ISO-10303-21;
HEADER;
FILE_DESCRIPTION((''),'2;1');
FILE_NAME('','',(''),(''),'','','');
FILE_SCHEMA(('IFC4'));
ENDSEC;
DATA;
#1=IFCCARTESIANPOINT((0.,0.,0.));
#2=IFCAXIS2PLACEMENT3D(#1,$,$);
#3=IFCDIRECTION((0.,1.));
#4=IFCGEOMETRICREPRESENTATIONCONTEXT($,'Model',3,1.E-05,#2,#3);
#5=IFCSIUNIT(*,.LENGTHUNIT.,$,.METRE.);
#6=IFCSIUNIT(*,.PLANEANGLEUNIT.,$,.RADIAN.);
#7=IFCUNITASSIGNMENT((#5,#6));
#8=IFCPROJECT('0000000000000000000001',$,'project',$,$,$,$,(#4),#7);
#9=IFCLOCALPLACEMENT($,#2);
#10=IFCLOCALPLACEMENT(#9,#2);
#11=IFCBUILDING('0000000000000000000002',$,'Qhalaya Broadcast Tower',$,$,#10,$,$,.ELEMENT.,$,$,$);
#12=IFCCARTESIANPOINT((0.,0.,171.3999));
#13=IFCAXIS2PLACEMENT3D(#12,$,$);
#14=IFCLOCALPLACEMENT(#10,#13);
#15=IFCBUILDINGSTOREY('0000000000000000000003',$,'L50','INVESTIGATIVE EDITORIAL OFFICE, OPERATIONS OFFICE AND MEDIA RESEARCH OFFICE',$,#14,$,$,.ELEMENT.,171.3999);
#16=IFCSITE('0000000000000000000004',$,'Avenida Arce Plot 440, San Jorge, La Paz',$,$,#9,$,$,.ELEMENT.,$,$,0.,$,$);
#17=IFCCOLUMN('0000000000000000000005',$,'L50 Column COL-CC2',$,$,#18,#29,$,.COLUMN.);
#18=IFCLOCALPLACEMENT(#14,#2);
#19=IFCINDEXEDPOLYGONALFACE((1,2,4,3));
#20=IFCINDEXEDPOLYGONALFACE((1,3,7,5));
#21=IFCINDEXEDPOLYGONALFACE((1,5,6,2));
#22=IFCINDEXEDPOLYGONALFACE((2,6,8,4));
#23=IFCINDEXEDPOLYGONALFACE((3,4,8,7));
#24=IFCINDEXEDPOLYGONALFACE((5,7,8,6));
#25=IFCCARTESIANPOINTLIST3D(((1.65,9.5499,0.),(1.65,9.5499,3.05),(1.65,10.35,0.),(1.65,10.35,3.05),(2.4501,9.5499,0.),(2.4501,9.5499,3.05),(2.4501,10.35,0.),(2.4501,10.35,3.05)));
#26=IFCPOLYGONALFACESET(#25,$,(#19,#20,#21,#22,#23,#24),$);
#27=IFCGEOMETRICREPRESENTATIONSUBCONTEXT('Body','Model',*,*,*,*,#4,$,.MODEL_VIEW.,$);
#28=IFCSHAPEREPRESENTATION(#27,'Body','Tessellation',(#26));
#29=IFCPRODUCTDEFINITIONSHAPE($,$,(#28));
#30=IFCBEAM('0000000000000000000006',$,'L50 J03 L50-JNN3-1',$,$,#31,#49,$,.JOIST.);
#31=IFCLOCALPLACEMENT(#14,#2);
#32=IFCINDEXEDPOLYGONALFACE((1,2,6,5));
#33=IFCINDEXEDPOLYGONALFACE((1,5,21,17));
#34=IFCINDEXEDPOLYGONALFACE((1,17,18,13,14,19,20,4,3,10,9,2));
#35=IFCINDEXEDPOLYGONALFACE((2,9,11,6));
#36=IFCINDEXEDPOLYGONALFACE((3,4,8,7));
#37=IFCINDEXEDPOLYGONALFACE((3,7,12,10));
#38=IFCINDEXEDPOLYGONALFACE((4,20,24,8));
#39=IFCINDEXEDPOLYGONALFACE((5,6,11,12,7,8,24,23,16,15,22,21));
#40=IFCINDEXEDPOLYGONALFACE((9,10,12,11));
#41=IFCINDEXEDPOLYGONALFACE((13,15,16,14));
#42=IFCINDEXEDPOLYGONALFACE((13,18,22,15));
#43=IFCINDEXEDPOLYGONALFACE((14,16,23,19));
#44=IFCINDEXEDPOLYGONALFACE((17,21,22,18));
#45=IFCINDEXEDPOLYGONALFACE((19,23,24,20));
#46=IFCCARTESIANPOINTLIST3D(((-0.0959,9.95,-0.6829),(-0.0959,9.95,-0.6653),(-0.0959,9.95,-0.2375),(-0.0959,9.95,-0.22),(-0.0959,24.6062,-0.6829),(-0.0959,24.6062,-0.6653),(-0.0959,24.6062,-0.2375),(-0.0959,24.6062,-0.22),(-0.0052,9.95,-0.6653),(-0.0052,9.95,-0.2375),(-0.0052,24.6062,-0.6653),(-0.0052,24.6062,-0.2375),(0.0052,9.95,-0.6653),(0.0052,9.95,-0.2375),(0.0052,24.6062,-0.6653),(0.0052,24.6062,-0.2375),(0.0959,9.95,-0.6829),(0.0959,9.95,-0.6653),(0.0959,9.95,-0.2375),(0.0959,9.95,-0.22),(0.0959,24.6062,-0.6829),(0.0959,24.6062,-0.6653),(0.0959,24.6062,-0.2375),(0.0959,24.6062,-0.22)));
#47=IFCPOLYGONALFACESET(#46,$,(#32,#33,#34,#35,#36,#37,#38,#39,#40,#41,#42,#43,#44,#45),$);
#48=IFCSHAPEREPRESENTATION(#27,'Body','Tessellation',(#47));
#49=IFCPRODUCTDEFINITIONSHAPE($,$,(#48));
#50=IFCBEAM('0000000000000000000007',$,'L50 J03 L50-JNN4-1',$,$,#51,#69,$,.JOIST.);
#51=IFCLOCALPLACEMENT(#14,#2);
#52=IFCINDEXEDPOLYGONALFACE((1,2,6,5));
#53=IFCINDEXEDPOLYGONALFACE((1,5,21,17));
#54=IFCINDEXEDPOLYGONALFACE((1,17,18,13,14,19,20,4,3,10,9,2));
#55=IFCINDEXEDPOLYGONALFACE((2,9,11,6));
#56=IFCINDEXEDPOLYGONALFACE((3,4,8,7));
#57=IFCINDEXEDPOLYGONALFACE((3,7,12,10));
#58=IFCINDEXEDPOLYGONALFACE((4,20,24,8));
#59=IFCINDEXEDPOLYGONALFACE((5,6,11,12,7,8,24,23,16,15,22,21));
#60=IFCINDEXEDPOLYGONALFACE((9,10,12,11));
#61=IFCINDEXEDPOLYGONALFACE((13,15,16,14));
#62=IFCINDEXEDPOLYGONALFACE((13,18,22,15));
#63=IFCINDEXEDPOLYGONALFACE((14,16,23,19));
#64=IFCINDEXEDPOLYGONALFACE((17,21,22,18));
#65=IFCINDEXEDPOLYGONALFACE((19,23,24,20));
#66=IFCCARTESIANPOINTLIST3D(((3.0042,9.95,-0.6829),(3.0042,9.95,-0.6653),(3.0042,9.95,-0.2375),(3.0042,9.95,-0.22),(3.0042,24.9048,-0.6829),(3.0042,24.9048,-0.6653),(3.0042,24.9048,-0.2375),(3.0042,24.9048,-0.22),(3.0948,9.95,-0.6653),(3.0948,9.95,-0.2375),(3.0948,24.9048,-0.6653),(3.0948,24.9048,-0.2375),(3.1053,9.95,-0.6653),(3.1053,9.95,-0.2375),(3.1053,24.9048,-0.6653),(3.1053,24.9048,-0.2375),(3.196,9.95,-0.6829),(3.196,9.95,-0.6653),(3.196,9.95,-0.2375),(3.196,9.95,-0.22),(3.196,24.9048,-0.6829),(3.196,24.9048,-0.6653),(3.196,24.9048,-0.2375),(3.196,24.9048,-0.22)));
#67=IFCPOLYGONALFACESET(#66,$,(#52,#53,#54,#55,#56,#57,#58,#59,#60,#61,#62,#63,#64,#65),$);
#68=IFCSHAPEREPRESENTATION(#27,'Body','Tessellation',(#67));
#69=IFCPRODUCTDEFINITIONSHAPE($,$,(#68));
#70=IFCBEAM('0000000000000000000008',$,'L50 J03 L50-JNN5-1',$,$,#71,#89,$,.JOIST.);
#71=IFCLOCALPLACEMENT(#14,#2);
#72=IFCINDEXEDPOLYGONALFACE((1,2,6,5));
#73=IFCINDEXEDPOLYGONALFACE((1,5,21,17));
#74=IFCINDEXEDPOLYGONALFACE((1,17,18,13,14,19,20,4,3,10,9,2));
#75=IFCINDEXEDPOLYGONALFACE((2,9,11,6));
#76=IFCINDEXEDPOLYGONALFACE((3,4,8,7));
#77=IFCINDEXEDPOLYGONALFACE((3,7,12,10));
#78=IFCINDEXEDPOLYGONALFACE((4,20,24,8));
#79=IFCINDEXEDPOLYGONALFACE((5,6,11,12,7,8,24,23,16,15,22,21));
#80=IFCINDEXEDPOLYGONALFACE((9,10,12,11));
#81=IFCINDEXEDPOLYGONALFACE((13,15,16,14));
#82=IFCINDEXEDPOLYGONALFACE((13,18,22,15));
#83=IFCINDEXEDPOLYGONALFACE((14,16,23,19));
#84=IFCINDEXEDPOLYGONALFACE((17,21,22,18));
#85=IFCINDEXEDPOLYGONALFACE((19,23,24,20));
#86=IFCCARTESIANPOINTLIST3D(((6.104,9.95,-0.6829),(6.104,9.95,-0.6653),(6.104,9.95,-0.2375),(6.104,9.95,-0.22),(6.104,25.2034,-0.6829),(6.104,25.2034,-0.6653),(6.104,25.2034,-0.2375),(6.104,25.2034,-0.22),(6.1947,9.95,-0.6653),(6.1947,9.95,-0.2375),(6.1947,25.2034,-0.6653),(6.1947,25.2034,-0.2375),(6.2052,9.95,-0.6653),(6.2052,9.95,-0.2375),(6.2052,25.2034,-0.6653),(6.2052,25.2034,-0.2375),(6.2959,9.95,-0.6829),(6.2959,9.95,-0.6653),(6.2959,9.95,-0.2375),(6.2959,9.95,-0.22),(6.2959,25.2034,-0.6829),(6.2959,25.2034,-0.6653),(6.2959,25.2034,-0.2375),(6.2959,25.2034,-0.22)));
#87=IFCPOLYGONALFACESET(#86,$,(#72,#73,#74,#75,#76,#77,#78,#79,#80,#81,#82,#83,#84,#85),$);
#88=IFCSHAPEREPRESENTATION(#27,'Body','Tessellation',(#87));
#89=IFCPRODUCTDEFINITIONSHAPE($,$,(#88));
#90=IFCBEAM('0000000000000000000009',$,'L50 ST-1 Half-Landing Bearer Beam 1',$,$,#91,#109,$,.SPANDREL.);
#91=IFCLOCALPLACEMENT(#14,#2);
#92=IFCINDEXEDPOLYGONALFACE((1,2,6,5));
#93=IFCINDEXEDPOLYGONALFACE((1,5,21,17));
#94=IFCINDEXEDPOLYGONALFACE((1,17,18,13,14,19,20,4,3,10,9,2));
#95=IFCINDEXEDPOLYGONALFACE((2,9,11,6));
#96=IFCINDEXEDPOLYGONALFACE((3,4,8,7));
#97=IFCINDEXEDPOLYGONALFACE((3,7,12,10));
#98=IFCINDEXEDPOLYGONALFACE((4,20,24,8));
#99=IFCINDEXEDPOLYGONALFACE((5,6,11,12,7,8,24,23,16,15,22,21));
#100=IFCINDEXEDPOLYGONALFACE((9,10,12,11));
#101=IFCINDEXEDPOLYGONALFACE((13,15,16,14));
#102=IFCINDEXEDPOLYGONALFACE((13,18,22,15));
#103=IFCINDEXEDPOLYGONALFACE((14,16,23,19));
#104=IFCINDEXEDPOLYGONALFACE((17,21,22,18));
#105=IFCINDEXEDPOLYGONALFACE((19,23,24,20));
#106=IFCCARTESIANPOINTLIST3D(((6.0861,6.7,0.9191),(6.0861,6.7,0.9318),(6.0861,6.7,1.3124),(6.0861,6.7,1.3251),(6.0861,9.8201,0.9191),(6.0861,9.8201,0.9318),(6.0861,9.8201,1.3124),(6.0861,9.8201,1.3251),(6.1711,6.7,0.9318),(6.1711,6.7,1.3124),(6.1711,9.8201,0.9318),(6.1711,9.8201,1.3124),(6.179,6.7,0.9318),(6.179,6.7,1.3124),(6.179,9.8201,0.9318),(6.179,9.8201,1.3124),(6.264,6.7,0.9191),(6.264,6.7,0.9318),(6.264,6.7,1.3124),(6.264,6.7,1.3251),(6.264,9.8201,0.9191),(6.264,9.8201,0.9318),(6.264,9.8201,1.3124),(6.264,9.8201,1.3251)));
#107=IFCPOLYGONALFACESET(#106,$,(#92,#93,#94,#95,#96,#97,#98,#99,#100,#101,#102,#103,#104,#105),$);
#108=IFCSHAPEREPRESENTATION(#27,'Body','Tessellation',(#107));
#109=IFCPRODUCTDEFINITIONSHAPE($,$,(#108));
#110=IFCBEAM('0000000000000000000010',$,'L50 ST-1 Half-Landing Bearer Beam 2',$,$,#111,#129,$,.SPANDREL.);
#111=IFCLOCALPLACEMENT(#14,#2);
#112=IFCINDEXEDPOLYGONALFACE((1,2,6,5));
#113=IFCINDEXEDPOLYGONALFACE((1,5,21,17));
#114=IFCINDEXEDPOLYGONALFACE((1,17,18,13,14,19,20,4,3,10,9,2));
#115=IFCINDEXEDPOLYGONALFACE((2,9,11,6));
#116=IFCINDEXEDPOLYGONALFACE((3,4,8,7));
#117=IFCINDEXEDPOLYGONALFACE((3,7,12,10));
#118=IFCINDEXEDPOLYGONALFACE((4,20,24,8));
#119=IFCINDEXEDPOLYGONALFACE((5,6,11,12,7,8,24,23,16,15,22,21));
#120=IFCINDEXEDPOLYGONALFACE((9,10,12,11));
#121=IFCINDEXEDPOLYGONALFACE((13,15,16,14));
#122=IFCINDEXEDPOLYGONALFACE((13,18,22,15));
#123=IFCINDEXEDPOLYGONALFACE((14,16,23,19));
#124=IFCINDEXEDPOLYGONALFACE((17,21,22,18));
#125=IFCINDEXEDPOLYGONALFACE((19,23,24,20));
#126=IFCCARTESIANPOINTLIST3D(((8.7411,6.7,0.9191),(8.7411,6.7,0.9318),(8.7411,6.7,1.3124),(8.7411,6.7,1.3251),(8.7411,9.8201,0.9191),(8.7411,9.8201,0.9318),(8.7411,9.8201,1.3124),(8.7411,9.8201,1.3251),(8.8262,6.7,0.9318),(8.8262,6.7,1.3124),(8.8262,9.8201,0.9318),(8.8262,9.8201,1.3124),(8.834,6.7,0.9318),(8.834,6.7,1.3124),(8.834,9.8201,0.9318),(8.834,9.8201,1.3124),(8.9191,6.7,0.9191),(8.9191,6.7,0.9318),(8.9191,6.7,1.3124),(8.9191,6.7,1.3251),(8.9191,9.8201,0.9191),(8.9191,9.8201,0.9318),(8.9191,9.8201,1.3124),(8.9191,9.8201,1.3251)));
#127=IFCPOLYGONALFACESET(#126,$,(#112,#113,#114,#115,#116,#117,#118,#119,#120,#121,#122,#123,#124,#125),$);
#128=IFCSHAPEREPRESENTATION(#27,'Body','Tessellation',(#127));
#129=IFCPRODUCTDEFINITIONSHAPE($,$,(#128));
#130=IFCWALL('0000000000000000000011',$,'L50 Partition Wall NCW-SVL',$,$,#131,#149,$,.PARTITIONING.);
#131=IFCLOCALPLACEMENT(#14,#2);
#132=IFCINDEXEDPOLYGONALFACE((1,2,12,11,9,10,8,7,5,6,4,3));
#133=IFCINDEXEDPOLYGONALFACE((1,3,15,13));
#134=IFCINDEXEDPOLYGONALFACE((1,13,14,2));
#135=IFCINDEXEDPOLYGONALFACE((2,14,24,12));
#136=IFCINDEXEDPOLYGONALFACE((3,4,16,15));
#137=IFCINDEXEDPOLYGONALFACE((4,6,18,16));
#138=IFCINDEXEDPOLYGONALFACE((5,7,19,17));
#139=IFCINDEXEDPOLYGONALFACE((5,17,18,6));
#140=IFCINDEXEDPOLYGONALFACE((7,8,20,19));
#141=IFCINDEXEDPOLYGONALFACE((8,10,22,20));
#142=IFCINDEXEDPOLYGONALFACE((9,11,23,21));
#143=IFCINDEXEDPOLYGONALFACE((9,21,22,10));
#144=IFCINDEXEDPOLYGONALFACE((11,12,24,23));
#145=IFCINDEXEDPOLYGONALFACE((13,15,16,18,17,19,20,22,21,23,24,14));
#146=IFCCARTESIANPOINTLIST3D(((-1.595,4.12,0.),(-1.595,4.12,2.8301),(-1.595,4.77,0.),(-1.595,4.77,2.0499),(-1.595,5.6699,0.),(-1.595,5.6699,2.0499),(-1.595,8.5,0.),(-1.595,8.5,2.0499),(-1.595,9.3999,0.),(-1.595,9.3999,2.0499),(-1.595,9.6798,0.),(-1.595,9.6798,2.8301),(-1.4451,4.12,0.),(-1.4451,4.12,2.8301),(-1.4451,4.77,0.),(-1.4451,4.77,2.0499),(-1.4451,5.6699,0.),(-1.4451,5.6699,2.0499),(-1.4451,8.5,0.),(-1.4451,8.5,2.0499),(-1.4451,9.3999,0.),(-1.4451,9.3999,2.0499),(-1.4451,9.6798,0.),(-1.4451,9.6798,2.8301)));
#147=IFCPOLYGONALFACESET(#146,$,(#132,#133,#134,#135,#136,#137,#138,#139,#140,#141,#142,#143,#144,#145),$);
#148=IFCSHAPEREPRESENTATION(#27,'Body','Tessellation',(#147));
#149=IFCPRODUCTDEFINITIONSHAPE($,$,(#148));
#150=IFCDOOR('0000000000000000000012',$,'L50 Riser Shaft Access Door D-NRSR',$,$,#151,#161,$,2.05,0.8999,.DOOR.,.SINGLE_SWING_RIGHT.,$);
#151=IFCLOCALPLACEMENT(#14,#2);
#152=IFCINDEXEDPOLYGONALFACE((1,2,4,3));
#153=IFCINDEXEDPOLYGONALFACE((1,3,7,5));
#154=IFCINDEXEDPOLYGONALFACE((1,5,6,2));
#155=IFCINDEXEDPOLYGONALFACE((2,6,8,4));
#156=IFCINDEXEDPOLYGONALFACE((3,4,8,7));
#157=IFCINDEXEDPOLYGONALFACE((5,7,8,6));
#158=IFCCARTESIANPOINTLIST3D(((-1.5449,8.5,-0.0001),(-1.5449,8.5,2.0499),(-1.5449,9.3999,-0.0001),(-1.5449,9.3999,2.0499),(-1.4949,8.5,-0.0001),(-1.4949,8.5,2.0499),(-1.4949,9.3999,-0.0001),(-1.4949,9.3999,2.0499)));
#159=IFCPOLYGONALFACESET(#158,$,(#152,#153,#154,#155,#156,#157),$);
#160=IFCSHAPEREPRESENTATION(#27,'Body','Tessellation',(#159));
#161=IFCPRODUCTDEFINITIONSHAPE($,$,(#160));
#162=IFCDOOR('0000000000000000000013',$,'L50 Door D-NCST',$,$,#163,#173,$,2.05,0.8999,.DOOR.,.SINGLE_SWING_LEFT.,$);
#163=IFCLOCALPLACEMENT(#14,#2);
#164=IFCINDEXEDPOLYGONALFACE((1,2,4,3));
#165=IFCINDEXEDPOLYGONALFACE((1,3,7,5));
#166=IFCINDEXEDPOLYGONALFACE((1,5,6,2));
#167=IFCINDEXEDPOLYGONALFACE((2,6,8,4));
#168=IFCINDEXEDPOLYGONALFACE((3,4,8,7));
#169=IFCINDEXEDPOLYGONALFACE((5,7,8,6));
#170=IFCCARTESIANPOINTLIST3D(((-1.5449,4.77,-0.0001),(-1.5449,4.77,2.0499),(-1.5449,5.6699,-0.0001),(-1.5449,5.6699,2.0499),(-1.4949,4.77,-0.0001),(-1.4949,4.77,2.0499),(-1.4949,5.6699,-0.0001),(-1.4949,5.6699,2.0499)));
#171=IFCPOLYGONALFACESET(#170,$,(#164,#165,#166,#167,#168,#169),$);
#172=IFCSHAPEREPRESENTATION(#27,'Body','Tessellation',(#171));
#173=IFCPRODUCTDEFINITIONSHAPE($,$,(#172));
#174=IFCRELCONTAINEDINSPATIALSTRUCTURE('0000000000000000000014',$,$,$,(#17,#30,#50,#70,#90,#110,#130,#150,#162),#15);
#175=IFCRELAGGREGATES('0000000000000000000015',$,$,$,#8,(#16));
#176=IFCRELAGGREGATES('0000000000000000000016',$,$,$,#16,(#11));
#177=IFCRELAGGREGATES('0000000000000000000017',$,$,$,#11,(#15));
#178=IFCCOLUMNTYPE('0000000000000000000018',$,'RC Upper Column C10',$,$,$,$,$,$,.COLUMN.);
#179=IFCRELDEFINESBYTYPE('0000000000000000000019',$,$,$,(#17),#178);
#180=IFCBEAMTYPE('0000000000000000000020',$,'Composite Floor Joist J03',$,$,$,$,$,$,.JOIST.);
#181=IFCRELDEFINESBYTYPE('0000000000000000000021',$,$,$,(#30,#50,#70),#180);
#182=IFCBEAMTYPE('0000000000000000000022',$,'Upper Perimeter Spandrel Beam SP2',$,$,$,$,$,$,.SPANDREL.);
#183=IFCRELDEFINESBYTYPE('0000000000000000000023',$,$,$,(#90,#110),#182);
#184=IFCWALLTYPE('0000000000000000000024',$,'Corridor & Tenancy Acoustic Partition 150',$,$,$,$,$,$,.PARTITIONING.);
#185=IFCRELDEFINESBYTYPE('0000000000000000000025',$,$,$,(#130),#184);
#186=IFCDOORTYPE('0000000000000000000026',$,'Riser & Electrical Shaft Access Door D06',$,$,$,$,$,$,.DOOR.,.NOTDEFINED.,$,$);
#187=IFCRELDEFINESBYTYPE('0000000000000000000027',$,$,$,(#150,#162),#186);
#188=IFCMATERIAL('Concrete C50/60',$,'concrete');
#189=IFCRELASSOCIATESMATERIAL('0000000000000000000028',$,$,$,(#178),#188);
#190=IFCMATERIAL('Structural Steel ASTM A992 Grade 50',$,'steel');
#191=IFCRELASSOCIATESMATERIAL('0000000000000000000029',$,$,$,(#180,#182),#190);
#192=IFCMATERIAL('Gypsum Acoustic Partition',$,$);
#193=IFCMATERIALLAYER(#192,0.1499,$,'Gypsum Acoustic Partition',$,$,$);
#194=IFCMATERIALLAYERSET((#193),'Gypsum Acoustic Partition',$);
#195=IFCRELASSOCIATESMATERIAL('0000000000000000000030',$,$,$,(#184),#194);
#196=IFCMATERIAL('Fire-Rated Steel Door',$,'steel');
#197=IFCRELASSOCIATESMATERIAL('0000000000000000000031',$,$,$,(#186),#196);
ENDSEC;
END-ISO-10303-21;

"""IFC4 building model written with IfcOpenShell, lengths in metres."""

from ifc_helpers import new_model, si_unit, direction, frame, frame_2d, origin, origin_2d, place, context, subcontext, project, spatial, rectangle, i_section, extrude, material, layer, layer_set, material_profile, profile_set, type_object, element, fill, save


model = new_model("IFC4")

# Units and contexts
model_context = context("Model", 3, precision=1e-05, world=origin(), true_north=direction((0.0, 1.0)))
body_context = subcontext(model_context, "Body", "Model", "MODEL_VIEW")
ifc_project = project(units=[si_unit("LENGTHUNIT", "METRE"), si_unit("PLANEANGLEUNIT", "RADIAN")], contexts=[model_context])

# Site, building, storey
site_placement = place(None, origin())
site = spatial("IfcSite", under=ifc_project, at=site_placement, Name="Avenida Arce Plot 440, San Jorge, La Paz", CompositionType="ELEMENT", RefElevation=0.0)
building_placement = place(site_placement, origin())
building = spatial("IfcBuilding", under=site, at=building_placement, Name="Qhalaya Broadcast Tower", CompositionType="ELEMENT")
storey_placement = place(building_placement, frame((0.0, 0.0, 171.3999)))
storey = spatial("IfcBuildingStorey", under=building, at=storey_placement, Name="L50", Description="INVESTIGATIVE EDITORIAL OFFICE, OPERATIONS OFFICE AND MEDIA RESEARCH OFFICE", CompositionType="ELEMENT", Elevation=171.3999)

# Column
ifc_material_1 = material(Name="Concrete C50/60", Category="concrete")
ifc_material_profile_1 = material_profile(ifc_material_1, rectangle(XDim=0.8, YDim=0.8, at=origin_2d()), Name="RC-COL 800x800")
ifc_profile_set_1 = profile_set([ifc_material_profile_1], Name="Concrete C50/60")
column_type = type_object("IfcColumnType", Name="RC Upper Column C10", PredefinedType="COLUMN", material=ifc_profile_set_1)
column_placement = place(storey_placement, frame((2.05, 9.95, 0.0), z_axis=(0.0, 0.0, 1.0), x_axis=(1.0, 0.0, 0.0)))
element("IfcColumn", 1, at=column_placement, inside=storey, type_object=column_type, Name="L50 Column COL-CC2", PredefinedType="COLUMN", context=body_context, shape_type="SweptSolid", body=[
    extrude(rectangle(XDim=0.8, YDim=0.8, at=origin_2d()), origin(), (0.0, 0.0, 1.0), 3.05),
])

# Beams
ifc_material_2 = material(Name="Structural Steel ASTM A992 Grade 50", Category="steel")
ifc_material_profile_2 = material_profile(ifc_material_2, i_section(OverallWidth=0.1919, OverallDepth=0.4629, WebThickness=0.0105, FlangeThickness=0.0176, at=origin_2d()), Name="W18X60")
ifc_profile_set_2 = profile_set([ifc_material_profile_2], Name="Structural Steel ASTM A992 Grade 50")
beam_type_1 = type_object("IfcBeamType", Name="Composite Floor Joist J03", PredefinedType="JOIST", material=ifc_profile_set_2)
beam_1_placement = place(storey_placement, frame((0.0, 9.95, -0.4514), z_axis=(0.0, 1.0, 0.0), x_axis=(-1.0, 0.0, 0.0)))
element("IfcBeam", 2, at=beam_1_placement, inside=storey, type_object=beam_type_1, Name="L50 J03 L50-JNN3-1", PredefinedType="JOIST", context=body_context, shape_type="SweptSolid", body=[
    extrude(i_section(OverallWidth=0.1919, OverallDepth=0.4629, WebThickness=0.0105, FlangeThickness=0.0176, at=origin_2d()), origin(), (0.0, 0.0, 1.0), 14.6562),
])
beam_2_placement = place(storey_placement, frame((3.1001, 9.95, -0.4514), z_axis=(0.0, 1.0, 0.0), x_axis=(-1.0, 0.0, 0.0)))
element("IfcBeam", 3, at=beam_2_placement, inside=storey, type_object=beam_type_1, Name="L50 J03 L50-JNN4-1", PredefinedType="JOIST", context=body_context, shape_type="SweptSolid", body=[
    extrude(i_section(OverallWidth=0.1919, OverallDepth=0.4629, WebThickness=0.0105, FlangeThickness=0.0176, at=origin_2d()), origin(), (0.0, 0.0, 1.0), 14.9548),
])
beam_3_placement = place(storey_placement, frame((6.2, 9.95, -0.4514), z_axis=(0.0, 1.0, 0.0), x_axis=(-1.0, 0.0, 0.0)))
element("IfcBeam", 4, at=beam_3_placement, inside=storey, type_object=beam_type_1, Name="L50 J03 L50-JNN5-1", PredefinedType="JOIST", context=body_context, shape_type="SweptSolid", body=[
    extrude(i_section(OverallWidth=0.1919, OverallDepth=0.4629, WebThickness=0.0105, FlangeThickness=0.0176, at=origin_2d()), origin(), (0.0, 0.0, 1.0), 15.2534),
])
ifc_material_profile_3 = material_profile(ifc_material_2, i_section(OverallWidth=0.178, OverallDepth=0.406, WebThickness=0.0078, FlangeThickness=0.0127, at=origin_2d()), Name="W16X40")
ifc_profile_set_3 = profile_set([ifc_material_profile_3], Name="Structural Steel ASTM A992 Grade 50")
beam_type_2 = type_object("IfcBeamType", Name="Upper Perimeter Spandrel Beam SP2", PredefinedType="SPANDREL", material=ifc_profile_set_3)
for number, where, z_axis, x_axis, name in (
    (5, (6.175, 6.7, 1.1221), (0.0, 1.0, 0.0), (-1.0, 0.0, 0.0), "L50 ST-1 Half-Landing Bearer Beam 1"),
    (6, (8.8301, 6.7, 1.1221), (0.0, 1.0, 0.0), (-1.0, 0.0, 0.0), "L50 ST-1 Half-Landing Bearer Beam 2"),
):
    element("IfcBeam", number, at=place(storey_placement, frame(where, z_axis=z_axis, x_axis=x_axis)), inside=storey, type_object=beam_type_2, Name=name, PredefinedType="SPANDREL", context=body_context, shape_type="SweptSolid", body=[
        extrude(i_section(OverallWidth=0.178, OverallDepth=0.406, WebThickness=0.0078, FlangeThickness=0.0127, at=origin_2d()), origin(), (0.0, 0.0, 1.0), 3.1201),
    ])

# Wall, openings, doors
ifc_material_3 = material(Name="Gypsum Acoustic Partition")
ifc_layer_1 = layer(ifc_material_3, 0.1499, Name="Gypsum Acoustic Partition")
ifc_layer_set_1 = layer_set([ifc_layer_1], Name="Gypsum Acoustic Partition")
wall_type_1 = type_object("IfcWallType", Name="Corridor & Tenancy Acoustic Partition 150", PredefinedType="PARTITIONING", material=ifc_layer_set_1)
wall_1_placement = place(storey_placement, frame((-1.52, 4.1201, 0.0), z_axis=(0.0, 0.0, 1.0), x_axis=(0.0, 1.0, 0.0)))
wall_1 = element("IfcWall", 7, at=wall_1_placement, inside=storey, type_object=wall_type_1, Name="L50 Partition Wall NCW-SVL", PredefinedType="PARTITIONING", context=body_context, shape_type="SweptSolid", body=[
    extrude(rectangle(XDim=5.5598, YDim=0.1499, at=frame_2d((2.7798, 0.0))), origin(), (0.0, 0.0, 1.0), 2.8301),
])
opening_1_placement = place(wall_1_placement, frame((4.3799, 0.0, 0.0)))
opening_1 = element("IfcOpeningElement", 8, at=opening_1_placement, cuts=wall_1, PredefinedType="OPENING", context=body_context, shape_type="SweptSolid", body=[
    extrude(rectangle(XDim=0.8999, YDim=2.05, at=frame_2d((0.45, 1.0249))), frame((0.0, 0.0869, 0.0), z_axis=(0.0, -1.0, 0.0), x_axis=(1.0, 0.0, 0.0)), (0.0, 0.0, 1.0), 0.1738),
])
opening_2_placement = place(wall_1_placement, frame((0.6499, 0.0, 0.0)))
opening_2 = element("IfcOpeningElement", 9, at=opening_2_placement, cuts=wall_1, PredefinedType="OPENING", context=body_context, shape_type="SweptSolid", body=[
    extrude(rectangle(XDim=0.8999, YDim=2.05, at=frame_2d((0.45, 1.0249))), frame((0.0, 0.0869, 0.0), z_axis=(0.0, -1.0, 0.0), x_axis=(1.0, 0.0, 0.0)), (0.0, 0.0, 1.0), 0.1738),
])
ifc_material_4 = material(Name="Fire-Rated Steel Door", Category="steel")
door_type_1 = type_object("IfcDoorType", Name="Riser & Electrical Shaft Access Door D06", OperationType="NOTDEFINED", PredefinedType="DOOR", material=ifc_material_4)
door_1_placement = place(opening_1_placement, origin())
door_1 = element("IfcDoor", 10, at=door_1_placement, inside=storey, type_object=door_type_1, Name="L50 Riser Shaft Access Door D-NRSR", OperationType="SINGLE_SWING_RIGHT", OverallHeight=2.05, OverallWidth=0.8999, PredefinedType="DOOR", context=body_context, shape_type="SweptSolid", body=[
    extrude(rectangle(XDim=0.8999, YDim=2.05, at=frame_2d((0.45, 1.0249))), frame((0.0, 0.0249, 0.0), z_axis=(0.0, -1.0, 0.0), x_axis=(1.0, 0.0, 0.0)), (0.0, 0.0, 1.0), 0.05),
])
fill(opening_1, door_1)
door_2_placement = place(opening_2_placement, origin())
door_2 = element("IfcDoor", 11, at=door_2_placement, inside=storey, type_object=door_type_1, Name="L50 Door D-NCST", OperationType="SINGLE_SWING_LEFT", OverallHeight=2.05, OverallWidth=0.8999, PredefinedType="DOOR", context=body_context, shape_type="SweptSolid", body=[
    extrude(rectangle(XDim=0.8999, YDim=2.05, at=frame_2d((0.45, 1.0249))), frame((0.0, 0.0249, 0.0), z_axis=(0.0, -1.0, 0.0), x_axis=(1.0, 0.0, 0.0)), (0.0, 0.0, 1.0), 0.05),
])
fill(opening_2, door_2)

save(model, "model.ifc")
